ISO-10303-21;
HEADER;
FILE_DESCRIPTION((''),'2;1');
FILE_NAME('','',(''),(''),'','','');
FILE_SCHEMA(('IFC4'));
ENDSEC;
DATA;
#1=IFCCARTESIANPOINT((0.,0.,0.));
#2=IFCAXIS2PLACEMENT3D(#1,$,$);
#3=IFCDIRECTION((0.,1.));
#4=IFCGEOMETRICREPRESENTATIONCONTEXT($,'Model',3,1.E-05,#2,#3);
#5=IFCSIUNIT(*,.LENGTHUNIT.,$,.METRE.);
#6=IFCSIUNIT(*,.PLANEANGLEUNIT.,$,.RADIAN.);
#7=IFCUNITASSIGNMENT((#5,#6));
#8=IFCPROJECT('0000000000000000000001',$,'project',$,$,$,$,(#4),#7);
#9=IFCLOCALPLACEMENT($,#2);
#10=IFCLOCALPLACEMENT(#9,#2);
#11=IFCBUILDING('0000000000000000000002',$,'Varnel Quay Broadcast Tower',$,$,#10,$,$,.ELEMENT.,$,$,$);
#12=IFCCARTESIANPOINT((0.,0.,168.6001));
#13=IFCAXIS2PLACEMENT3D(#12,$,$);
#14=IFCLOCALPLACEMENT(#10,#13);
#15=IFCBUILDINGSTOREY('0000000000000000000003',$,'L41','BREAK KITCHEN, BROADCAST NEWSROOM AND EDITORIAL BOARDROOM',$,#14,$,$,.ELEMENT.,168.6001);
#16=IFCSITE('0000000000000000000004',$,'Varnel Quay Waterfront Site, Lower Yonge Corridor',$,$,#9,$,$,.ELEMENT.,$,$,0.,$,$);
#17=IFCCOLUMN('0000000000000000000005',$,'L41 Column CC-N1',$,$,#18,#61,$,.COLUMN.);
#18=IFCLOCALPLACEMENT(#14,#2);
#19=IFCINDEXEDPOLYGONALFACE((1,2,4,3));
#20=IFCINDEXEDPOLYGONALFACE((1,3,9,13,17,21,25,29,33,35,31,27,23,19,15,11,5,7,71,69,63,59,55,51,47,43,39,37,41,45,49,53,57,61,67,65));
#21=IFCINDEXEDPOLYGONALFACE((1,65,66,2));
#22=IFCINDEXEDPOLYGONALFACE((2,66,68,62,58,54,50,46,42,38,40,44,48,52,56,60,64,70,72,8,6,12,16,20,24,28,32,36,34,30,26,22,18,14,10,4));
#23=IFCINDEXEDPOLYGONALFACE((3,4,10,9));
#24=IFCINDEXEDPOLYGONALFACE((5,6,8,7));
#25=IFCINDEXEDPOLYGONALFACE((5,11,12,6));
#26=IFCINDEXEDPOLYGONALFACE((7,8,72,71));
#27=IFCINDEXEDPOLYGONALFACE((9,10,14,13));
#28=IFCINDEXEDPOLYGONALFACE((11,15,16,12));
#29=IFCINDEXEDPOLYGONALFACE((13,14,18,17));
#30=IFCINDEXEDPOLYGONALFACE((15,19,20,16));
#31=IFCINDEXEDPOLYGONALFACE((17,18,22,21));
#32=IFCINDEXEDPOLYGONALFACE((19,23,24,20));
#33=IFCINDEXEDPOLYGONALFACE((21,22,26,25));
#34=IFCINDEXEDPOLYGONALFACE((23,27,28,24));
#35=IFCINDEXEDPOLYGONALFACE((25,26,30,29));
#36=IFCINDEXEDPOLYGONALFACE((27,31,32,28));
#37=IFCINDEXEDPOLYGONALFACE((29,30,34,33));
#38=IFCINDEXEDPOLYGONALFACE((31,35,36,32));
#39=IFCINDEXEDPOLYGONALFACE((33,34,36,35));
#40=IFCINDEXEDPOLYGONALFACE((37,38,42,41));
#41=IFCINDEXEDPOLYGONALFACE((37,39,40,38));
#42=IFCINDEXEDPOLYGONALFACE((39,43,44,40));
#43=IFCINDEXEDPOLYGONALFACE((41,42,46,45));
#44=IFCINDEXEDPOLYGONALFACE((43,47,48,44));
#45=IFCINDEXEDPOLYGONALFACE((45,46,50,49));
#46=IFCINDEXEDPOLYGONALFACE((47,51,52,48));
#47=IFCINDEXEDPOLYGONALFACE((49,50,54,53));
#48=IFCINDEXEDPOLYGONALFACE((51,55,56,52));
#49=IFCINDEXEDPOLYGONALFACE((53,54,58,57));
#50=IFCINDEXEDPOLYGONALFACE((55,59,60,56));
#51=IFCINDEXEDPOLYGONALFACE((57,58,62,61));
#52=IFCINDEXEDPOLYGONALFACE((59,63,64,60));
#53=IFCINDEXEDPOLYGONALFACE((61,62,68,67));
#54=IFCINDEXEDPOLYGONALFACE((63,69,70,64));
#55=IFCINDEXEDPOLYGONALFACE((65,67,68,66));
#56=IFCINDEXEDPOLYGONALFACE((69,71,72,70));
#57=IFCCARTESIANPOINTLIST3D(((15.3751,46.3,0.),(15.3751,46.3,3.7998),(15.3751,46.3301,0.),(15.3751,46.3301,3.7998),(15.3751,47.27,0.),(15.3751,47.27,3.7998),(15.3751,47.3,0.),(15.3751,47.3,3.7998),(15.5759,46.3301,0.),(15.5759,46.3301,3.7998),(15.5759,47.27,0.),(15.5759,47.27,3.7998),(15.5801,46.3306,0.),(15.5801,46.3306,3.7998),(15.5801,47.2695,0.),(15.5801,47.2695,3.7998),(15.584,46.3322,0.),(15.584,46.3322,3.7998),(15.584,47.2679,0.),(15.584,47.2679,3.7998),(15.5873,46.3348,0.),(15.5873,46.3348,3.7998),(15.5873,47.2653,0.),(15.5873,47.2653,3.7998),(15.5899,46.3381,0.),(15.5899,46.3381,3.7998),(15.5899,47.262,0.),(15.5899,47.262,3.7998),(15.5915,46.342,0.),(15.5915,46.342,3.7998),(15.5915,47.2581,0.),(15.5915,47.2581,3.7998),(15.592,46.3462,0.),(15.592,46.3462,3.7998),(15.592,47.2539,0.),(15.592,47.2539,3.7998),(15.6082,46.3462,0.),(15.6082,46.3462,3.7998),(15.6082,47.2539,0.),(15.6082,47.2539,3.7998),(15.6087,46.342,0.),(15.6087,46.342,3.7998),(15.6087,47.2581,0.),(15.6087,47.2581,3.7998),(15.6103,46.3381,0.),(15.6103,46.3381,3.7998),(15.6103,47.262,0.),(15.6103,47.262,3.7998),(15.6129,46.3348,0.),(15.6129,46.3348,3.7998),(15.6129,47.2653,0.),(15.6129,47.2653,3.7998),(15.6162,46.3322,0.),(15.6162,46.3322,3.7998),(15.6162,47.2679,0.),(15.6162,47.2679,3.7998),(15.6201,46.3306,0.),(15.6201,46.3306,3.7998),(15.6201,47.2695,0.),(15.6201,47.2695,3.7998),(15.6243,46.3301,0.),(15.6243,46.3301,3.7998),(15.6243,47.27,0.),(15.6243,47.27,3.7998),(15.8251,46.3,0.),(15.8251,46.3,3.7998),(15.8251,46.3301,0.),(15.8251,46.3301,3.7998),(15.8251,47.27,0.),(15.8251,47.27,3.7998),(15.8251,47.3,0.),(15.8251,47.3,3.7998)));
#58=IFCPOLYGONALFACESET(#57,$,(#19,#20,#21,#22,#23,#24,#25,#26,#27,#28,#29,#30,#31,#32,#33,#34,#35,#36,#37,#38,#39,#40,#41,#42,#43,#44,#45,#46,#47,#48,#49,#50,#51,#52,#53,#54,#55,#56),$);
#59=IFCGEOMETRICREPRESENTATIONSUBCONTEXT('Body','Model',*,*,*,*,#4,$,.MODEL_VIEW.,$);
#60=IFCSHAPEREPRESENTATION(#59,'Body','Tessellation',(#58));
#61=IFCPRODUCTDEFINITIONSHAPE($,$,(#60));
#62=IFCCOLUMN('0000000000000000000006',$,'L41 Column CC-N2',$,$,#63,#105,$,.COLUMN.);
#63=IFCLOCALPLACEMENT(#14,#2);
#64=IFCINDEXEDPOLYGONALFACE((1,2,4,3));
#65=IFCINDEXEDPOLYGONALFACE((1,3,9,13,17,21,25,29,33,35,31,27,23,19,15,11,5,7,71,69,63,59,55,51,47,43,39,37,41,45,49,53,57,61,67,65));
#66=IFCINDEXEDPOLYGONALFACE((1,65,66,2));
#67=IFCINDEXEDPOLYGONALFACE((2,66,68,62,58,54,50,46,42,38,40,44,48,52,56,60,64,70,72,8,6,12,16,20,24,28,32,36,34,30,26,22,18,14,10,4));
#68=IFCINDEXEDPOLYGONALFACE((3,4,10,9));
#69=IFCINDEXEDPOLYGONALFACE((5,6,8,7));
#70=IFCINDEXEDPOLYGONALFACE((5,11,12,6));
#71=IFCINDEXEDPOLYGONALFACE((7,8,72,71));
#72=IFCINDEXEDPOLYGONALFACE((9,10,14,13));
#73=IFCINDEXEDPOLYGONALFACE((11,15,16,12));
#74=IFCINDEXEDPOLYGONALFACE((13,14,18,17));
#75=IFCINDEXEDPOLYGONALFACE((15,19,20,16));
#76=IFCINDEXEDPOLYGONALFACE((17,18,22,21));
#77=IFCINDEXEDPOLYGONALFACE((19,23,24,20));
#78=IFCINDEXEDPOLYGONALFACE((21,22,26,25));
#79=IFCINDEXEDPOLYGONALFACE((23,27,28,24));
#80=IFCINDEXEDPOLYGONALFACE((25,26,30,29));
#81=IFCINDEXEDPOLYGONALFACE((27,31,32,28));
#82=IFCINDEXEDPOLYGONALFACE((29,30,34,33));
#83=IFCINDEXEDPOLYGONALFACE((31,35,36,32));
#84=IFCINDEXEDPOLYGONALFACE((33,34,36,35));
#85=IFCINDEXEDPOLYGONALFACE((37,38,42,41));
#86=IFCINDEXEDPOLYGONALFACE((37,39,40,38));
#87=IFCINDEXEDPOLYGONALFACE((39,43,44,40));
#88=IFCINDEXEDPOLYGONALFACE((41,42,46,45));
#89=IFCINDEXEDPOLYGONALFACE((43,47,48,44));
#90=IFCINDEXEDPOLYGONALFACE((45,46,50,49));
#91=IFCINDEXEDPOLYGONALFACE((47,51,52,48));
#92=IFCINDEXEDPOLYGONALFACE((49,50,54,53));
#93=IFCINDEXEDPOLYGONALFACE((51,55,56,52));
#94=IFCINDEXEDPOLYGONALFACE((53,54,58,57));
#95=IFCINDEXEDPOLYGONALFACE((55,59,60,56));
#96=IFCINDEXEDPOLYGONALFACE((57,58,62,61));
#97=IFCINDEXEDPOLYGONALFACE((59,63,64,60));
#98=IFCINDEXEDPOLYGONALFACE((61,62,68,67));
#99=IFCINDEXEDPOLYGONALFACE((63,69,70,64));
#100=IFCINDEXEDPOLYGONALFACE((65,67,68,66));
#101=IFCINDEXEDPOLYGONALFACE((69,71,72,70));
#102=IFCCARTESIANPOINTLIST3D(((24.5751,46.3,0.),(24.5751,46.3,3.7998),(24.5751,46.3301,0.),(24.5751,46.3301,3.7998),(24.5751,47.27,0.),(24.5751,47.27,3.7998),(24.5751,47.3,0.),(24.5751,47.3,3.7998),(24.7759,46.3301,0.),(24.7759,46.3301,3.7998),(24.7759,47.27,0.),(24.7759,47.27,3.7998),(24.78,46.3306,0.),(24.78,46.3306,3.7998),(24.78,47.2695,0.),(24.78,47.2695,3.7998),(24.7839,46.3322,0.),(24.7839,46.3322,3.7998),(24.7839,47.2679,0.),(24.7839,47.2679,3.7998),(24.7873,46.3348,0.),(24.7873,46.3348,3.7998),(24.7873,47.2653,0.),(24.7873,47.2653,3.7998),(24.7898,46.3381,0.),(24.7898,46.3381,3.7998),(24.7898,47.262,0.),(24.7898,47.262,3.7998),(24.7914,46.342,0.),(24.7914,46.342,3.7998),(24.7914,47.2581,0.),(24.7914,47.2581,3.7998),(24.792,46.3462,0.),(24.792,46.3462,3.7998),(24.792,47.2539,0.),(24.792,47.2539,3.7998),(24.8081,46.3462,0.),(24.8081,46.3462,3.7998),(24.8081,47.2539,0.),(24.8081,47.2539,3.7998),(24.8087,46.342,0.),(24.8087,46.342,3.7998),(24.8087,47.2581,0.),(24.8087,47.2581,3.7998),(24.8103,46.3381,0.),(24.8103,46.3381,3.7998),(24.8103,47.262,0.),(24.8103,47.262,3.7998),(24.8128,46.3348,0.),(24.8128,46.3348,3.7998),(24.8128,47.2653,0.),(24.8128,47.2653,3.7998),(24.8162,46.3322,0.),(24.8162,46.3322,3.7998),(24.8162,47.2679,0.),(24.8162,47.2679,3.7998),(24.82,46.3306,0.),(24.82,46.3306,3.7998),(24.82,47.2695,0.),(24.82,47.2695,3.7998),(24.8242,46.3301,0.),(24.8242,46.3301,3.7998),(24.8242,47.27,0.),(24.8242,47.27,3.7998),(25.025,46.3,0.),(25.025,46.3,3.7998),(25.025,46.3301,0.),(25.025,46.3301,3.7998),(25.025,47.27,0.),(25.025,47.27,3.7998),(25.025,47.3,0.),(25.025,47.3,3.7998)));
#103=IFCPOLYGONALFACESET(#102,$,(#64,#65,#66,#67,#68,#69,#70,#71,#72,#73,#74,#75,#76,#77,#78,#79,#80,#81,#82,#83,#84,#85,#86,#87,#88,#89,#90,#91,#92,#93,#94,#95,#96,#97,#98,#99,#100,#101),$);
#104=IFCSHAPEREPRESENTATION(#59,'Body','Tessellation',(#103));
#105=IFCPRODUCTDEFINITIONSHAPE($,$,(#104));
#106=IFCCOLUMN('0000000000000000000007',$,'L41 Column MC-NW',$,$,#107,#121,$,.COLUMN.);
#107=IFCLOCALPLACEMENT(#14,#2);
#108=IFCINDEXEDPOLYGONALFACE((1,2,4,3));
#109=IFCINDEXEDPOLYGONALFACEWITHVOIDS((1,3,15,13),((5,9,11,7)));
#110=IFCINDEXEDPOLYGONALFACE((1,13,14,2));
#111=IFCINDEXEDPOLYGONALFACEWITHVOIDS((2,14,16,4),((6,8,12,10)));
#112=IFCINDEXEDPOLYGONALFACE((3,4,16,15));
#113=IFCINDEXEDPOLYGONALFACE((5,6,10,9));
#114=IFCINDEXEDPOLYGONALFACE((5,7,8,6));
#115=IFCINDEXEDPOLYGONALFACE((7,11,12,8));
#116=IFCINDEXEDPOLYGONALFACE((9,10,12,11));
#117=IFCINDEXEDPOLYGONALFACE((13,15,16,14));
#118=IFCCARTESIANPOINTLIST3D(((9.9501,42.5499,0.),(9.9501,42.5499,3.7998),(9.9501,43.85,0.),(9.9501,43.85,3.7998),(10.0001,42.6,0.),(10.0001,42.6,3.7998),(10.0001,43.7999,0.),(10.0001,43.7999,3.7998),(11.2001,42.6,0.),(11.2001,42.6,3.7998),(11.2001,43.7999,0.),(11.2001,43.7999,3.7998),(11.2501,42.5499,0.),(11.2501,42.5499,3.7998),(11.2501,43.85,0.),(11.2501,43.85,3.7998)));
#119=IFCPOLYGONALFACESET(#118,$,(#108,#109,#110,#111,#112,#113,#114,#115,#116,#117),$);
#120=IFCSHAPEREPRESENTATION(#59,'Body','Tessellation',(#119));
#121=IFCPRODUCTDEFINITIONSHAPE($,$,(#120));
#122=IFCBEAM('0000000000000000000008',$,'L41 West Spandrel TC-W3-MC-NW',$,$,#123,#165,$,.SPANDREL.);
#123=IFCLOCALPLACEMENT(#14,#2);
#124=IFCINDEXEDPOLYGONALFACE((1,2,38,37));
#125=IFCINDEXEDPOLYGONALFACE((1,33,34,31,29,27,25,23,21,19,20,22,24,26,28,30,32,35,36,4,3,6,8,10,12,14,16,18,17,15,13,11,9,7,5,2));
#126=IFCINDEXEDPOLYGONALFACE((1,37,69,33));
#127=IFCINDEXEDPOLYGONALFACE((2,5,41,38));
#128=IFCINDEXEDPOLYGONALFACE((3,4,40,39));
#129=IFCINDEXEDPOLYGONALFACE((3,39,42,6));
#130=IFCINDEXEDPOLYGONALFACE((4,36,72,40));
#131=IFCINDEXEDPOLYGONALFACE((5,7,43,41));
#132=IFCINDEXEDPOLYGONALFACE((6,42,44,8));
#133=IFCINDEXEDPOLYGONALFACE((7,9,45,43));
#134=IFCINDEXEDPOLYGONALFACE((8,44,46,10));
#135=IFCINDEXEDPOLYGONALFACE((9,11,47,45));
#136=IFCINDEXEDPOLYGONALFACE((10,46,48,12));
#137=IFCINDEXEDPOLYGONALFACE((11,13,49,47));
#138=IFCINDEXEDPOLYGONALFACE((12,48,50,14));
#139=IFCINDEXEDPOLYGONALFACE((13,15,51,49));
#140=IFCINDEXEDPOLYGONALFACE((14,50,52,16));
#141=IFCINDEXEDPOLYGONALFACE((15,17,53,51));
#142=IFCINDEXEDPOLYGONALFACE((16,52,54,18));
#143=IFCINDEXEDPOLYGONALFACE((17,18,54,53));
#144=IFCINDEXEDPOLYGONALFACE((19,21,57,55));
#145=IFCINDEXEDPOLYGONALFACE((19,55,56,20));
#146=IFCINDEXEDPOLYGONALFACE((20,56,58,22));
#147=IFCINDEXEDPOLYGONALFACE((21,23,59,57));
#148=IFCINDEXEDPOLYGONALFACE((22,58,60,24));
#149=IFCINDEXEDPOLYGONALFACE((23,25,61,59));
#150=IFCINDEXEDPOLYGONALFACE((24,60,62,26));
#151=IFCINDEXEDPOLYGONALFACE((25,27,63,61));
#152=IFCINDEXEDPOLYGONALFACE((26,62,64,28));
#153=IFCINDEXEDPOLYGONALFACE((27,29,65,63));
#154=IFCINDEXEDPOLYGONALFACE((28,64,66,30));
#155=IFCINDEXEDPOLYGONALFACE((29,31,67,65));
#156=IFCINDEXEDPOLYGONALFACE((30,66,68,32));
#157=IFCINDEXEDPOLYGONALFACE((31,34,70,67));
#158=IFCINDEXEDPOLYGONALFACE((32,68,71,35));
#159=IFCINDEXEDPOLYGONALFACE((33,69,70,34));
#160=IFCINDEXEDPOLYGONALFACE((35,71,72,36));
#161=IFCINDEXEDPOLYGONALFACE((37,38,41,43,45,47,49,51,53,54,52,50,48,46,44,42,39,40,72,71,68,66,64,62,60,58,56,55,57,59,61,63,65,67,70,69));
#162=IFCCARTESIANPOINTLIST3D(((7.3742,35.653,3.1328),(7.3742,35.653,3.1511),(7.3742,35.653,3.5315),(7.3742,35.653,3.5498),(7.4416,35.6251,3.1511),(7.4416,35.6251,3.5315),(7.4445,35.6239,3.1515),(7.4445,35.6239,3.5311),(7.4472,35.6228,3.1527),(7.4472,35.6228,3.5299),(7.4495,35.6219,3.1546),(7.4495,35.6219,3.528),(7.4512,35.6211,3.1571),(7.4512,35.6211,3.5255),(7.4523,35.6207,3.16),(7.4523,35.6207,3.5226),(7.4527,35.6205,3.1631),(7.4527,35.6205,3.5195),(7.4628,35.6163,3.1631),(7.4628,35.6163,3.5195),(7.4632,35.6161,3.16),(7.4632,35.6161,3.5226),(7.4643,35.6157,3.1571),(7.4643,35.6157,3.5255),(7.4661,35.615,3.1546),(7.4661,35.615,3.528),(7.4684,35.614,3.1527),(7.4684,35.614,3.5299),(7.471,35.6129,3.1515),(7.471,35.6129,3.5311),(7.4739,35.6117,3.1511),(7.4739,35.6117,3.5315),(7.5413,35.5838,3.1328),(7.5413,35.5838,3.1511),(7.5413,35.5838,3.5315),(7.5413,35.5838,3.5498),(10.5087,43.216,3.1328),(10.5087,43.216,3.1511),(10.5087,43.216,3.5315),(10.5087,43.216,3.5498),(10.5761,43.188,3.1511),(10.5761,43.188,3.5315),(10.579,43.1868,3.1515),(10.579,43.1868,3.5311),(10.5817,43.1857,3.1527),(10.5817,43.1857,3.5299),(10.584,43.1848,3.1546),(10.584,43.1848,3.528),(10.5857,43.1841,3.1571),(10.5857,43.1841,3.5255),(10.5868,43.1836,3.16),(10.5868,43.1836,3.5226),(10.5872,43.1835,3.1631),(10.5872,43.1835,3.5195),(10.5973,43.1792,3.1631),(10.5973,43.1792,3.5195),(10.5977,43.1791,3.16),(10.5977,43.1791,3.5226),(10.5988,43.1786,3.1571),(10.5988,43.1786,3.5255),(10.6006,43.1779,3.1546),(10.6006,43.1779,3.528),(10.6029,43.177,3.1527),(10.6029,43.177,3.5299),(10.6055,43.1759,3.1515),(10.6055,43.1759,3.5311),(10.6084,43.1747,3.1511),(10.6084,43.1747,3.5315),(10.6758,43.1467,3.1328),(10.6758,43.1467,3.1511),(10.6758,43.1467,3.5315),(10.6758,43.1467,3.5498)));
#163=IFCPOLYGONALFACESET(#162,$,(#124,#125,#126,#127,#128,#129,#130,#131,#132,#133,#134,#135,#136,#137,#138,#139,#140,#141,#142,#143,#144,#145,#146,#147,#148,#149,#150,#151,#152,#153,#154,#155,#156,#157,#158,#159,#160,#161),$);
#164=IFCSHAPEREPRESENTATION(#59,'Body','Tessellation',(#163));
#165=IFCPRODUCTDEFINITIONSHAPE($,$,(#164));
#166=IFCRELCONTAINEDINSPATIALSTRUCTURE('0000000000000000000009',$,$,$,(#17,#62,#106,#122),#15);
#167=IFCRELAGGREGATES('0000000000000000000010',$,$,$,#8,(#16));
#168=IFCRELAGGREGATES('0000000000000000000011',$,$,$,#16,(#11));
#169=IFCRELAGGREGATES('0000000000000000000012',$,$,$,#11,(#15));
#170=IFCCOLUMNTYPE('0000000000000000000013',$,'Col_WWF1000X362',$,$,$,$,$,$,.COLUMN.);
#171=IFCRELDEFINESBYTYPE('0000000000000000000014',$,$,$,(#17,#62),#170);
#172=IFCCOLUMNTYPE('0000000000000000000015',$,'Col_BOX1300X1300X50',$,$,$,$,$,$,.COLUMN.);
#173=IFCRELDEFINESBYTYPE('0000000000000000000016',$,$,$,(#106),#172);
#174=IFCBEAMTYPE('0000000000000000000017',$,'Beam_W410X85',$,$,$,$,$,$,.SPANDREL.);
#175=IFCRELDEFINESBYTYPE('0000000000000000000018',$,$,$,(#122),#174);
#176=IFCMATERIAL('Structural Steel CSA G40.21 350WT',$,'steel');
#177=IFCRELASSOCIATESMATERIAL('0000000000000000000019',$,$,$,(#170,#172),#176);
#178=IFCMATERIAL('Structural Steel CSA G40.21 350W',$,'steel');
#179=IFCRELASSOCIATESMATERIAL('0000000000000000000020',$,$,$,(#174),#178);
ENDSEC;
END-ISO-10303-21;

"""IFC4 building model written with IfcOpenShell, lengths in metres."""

from ifc_helpers import new_model, si_unit, direction, frame, origin, origin_2d, place, context, subcontext, project, spatial, hollow_rectangle, i_section, extrude, source, transform, mapped, material, material_profile, profile_set, type_object, type_shapes, element, save


model = new_model("IFC4")

# Units and contexts
model_context = context("Model", 3, precision=1e-05, world=origin(), true_north=direction((0.0, 1.0)))
body_context = subcontext(model_context, "Body", "Model", "MODEL_VIEW")
ifc_project = project(units=[si_unit("LENGTHUNIT", "METRE"), si_unit("PLANEANGLEUNIT", "RADIAN")], contexts=[model_context])

# Site, building, storey
site_placement = place(None, origin())
site = spatial("IfcSite", under=ifc_project, at=site_placement, Name="Varnel Quay Waterfront Site, Lower Yonge Corridor", CompositionType="ELEMENT", RefElevation=0.0)
building_placement = place(site_placement, origin())
building = spatial("IfcBuilding", under=site, at=building_placement, Name="Varnel Quay Broadcast Tower", CompositionType="ELEMENT")
storey_placement = place(building_placement, frame((0.0, 0.0, 168.6001)))
storey = spatial("IfcBuildingStorey", under=building, at=storey_placement, Name="L41", Description="BREAK KITCHEN, BROADCAST NEWSROOM AND EDITORIAL BOARDROOM", CompositionType="ELEMENT", Elevation=168.6001)

# Columns
ifc_material_1 = material(Name="Structural Steel CSA G40.21 350WT", Category="steel")
ifc_material_profile_1 = material_profile(ifc_material_1, i_section(OverallWidth=0.45, OverallDepth=1.0, WebThickness=0.0161, FlangeThickness=0.03, FilletRadius=0.0161, at=origin_2d()), Name="WWF1000X362")
ifc_profile_set_1 = profile_set([ifc_material_profile_1], Name="Structural Steel CSA G40.21 350WT")
column_type_1 = type_object("IfcColumnType", Name="Col_WWF1000X362", PredefinedType="COLUMN", material=ifc_profile_set_1)
shared_shape_1 = source(origin(), body_context, "Body", "SweptSolid", [
    extrude(i_section(OverallWidth=0.45, OverallDepth=1.0, WebThickness=0.0161, FlangeThickness=0.03, FilletRadius=0.0161, at=origin_2d()), origin(), (0.0, 0.0, 1.0), 3.7998),
])
type_shapes(column_type_1, [shared_shape_1])
for number, where, z_axis, x_axis, name in (
    (1, (15.6001, 46.8, 0.0), (0.0, 0.0, 1.0), (1.0, 0.0, 0.0), "L41 Column CC-N1"),
    (2, (24.8, 46.8, 0.0), (0.0, 0.0, 1.0), (1.0, 0.0, 0.0), "L41 Column CC-N2"),
):
    element("IfcColumn", number, at=place(storey_placement, frame(where, z_axis=z_axis, x_axis=x_axis)), inside=storey, type_object=column_type_1, Name=name, PredefinedType="COLUMN", context=body_context, shape_type="MappedRepresentation", body=[
        mapped(shared_shape_1, transform((0.0, 0.0, 0.0), x_axis=(1.0, 0.0, 0.0), y_axis=(0.0, 1.0, 0.0), z_axis=(0.0, 0.0, 1.0), scale=1.0)),
    ])
ifc_material_profile_2 = material_profile(ifc_material_1, hollow_rectangle(XDim=1.3, YDim=1.3, WallThickness=0.05, at=origin_2d()), Name="BOX1300X1300X50")
ifc_profile_set_2 = profile_set([ifc_material_profile_2], Name="Structural Steel CSA G40.21 350WT")
column_type_2 = type_object("IfcColumnType", Name="Col_BOX1300X1300X50", PredefinedType="COLUMN", material=ifc_profile_set_2)
shared_shape_2 = source(origin(), body_context, "Body", "SweptSolid", [
    extrude(hollow_rectangle(XDim=1.3, YDim=1.3, WallThickness=0.05, at=origin_2d()), origin(), (0.0, 0.0, 1.0), 3.7998),
])
type_shapes(column_type_2, [shared_shape_2])
column_placement = place(storey_placement, frame((10.6001, 43.2, 0.0), z_axis=(0.0, 0.0, 1.0), x_axis=(1.0, 0.0, 0.0)))
element("IfcColumn", 3, at=column_placement, inside=storey, type_object=column_type_2, Name="L41 Column MC-NW", PredefinedType="COLUMN", context=body_context, shape_type="MappedRepresentation", body=[
    mapped(shared_shape_2, transform((0.0, 0.0, 0.0), x_axis=(1.0, 0.0, 0.0), y_axis=(0.0, 1.0, 0.0), z_axis=(0.0, 0.0, 1.0), scale=1.0)),
])

# Beam
ifc_material_2 = material(Name="Structural Steel CSA G40.21 350W", Category="steel")
ifc_material_profile_3 = material_profile(ifc_material_2, i_section(OverallWidth=0.1809, OverallDepth=0.417, WebThickness=0.011, FlangeThickness=0.0183, FilletRadius=0.012, at=origin_2d()), Name="W410X85")
ifc_profile_set_3 = profile_set([ifc_material_profile_3], Name="Structural Steel CSA G40.21 350W")
beam_type = type_object("IfcBeamType", Name="Beam_W410X85", PredefinedType="SPANDREL", material=ifc_profile_set_3)
shared_shape_3 = source(origin(), body_context, "Body", "SweptSolid", [
    extrude(i_section(OverallWidth=0.1809, OverallDepth=0.417, WebThickness=0.011, FlangeThickness=0.0183, FilletRadius=0.012, at=origin_2d()), origin(), (0.0, 0.0, 1.0), 8.1868),
])
beam_1_placement = place(storey_placement, frame((7.4578, 35.6184, 3.3413), z_axis=(0.382874, 0.923801, 0.0), x_axis=(-0.923801, 0.382874, 0.0)))
element("IfcBeam", 4, at=beam_1_placement, inside=storey, type_object=beam_type, Name="L41 West Spandrel TC-W3-MC-NW", PredefinedType="SPANDREL", context=body_context, shape_type="MappedRepresentation", body=[
    mapped(shared_shape_3, transform((0.0, 0.0, 0.0), x_axis=(1.0, 0.0, 0.0), y_axis=(0.0, 1.0, 0.0), z_axis=(0.0, 0.0, 1.0), scale=1.0)),
])

save(model, "model.ifc")
